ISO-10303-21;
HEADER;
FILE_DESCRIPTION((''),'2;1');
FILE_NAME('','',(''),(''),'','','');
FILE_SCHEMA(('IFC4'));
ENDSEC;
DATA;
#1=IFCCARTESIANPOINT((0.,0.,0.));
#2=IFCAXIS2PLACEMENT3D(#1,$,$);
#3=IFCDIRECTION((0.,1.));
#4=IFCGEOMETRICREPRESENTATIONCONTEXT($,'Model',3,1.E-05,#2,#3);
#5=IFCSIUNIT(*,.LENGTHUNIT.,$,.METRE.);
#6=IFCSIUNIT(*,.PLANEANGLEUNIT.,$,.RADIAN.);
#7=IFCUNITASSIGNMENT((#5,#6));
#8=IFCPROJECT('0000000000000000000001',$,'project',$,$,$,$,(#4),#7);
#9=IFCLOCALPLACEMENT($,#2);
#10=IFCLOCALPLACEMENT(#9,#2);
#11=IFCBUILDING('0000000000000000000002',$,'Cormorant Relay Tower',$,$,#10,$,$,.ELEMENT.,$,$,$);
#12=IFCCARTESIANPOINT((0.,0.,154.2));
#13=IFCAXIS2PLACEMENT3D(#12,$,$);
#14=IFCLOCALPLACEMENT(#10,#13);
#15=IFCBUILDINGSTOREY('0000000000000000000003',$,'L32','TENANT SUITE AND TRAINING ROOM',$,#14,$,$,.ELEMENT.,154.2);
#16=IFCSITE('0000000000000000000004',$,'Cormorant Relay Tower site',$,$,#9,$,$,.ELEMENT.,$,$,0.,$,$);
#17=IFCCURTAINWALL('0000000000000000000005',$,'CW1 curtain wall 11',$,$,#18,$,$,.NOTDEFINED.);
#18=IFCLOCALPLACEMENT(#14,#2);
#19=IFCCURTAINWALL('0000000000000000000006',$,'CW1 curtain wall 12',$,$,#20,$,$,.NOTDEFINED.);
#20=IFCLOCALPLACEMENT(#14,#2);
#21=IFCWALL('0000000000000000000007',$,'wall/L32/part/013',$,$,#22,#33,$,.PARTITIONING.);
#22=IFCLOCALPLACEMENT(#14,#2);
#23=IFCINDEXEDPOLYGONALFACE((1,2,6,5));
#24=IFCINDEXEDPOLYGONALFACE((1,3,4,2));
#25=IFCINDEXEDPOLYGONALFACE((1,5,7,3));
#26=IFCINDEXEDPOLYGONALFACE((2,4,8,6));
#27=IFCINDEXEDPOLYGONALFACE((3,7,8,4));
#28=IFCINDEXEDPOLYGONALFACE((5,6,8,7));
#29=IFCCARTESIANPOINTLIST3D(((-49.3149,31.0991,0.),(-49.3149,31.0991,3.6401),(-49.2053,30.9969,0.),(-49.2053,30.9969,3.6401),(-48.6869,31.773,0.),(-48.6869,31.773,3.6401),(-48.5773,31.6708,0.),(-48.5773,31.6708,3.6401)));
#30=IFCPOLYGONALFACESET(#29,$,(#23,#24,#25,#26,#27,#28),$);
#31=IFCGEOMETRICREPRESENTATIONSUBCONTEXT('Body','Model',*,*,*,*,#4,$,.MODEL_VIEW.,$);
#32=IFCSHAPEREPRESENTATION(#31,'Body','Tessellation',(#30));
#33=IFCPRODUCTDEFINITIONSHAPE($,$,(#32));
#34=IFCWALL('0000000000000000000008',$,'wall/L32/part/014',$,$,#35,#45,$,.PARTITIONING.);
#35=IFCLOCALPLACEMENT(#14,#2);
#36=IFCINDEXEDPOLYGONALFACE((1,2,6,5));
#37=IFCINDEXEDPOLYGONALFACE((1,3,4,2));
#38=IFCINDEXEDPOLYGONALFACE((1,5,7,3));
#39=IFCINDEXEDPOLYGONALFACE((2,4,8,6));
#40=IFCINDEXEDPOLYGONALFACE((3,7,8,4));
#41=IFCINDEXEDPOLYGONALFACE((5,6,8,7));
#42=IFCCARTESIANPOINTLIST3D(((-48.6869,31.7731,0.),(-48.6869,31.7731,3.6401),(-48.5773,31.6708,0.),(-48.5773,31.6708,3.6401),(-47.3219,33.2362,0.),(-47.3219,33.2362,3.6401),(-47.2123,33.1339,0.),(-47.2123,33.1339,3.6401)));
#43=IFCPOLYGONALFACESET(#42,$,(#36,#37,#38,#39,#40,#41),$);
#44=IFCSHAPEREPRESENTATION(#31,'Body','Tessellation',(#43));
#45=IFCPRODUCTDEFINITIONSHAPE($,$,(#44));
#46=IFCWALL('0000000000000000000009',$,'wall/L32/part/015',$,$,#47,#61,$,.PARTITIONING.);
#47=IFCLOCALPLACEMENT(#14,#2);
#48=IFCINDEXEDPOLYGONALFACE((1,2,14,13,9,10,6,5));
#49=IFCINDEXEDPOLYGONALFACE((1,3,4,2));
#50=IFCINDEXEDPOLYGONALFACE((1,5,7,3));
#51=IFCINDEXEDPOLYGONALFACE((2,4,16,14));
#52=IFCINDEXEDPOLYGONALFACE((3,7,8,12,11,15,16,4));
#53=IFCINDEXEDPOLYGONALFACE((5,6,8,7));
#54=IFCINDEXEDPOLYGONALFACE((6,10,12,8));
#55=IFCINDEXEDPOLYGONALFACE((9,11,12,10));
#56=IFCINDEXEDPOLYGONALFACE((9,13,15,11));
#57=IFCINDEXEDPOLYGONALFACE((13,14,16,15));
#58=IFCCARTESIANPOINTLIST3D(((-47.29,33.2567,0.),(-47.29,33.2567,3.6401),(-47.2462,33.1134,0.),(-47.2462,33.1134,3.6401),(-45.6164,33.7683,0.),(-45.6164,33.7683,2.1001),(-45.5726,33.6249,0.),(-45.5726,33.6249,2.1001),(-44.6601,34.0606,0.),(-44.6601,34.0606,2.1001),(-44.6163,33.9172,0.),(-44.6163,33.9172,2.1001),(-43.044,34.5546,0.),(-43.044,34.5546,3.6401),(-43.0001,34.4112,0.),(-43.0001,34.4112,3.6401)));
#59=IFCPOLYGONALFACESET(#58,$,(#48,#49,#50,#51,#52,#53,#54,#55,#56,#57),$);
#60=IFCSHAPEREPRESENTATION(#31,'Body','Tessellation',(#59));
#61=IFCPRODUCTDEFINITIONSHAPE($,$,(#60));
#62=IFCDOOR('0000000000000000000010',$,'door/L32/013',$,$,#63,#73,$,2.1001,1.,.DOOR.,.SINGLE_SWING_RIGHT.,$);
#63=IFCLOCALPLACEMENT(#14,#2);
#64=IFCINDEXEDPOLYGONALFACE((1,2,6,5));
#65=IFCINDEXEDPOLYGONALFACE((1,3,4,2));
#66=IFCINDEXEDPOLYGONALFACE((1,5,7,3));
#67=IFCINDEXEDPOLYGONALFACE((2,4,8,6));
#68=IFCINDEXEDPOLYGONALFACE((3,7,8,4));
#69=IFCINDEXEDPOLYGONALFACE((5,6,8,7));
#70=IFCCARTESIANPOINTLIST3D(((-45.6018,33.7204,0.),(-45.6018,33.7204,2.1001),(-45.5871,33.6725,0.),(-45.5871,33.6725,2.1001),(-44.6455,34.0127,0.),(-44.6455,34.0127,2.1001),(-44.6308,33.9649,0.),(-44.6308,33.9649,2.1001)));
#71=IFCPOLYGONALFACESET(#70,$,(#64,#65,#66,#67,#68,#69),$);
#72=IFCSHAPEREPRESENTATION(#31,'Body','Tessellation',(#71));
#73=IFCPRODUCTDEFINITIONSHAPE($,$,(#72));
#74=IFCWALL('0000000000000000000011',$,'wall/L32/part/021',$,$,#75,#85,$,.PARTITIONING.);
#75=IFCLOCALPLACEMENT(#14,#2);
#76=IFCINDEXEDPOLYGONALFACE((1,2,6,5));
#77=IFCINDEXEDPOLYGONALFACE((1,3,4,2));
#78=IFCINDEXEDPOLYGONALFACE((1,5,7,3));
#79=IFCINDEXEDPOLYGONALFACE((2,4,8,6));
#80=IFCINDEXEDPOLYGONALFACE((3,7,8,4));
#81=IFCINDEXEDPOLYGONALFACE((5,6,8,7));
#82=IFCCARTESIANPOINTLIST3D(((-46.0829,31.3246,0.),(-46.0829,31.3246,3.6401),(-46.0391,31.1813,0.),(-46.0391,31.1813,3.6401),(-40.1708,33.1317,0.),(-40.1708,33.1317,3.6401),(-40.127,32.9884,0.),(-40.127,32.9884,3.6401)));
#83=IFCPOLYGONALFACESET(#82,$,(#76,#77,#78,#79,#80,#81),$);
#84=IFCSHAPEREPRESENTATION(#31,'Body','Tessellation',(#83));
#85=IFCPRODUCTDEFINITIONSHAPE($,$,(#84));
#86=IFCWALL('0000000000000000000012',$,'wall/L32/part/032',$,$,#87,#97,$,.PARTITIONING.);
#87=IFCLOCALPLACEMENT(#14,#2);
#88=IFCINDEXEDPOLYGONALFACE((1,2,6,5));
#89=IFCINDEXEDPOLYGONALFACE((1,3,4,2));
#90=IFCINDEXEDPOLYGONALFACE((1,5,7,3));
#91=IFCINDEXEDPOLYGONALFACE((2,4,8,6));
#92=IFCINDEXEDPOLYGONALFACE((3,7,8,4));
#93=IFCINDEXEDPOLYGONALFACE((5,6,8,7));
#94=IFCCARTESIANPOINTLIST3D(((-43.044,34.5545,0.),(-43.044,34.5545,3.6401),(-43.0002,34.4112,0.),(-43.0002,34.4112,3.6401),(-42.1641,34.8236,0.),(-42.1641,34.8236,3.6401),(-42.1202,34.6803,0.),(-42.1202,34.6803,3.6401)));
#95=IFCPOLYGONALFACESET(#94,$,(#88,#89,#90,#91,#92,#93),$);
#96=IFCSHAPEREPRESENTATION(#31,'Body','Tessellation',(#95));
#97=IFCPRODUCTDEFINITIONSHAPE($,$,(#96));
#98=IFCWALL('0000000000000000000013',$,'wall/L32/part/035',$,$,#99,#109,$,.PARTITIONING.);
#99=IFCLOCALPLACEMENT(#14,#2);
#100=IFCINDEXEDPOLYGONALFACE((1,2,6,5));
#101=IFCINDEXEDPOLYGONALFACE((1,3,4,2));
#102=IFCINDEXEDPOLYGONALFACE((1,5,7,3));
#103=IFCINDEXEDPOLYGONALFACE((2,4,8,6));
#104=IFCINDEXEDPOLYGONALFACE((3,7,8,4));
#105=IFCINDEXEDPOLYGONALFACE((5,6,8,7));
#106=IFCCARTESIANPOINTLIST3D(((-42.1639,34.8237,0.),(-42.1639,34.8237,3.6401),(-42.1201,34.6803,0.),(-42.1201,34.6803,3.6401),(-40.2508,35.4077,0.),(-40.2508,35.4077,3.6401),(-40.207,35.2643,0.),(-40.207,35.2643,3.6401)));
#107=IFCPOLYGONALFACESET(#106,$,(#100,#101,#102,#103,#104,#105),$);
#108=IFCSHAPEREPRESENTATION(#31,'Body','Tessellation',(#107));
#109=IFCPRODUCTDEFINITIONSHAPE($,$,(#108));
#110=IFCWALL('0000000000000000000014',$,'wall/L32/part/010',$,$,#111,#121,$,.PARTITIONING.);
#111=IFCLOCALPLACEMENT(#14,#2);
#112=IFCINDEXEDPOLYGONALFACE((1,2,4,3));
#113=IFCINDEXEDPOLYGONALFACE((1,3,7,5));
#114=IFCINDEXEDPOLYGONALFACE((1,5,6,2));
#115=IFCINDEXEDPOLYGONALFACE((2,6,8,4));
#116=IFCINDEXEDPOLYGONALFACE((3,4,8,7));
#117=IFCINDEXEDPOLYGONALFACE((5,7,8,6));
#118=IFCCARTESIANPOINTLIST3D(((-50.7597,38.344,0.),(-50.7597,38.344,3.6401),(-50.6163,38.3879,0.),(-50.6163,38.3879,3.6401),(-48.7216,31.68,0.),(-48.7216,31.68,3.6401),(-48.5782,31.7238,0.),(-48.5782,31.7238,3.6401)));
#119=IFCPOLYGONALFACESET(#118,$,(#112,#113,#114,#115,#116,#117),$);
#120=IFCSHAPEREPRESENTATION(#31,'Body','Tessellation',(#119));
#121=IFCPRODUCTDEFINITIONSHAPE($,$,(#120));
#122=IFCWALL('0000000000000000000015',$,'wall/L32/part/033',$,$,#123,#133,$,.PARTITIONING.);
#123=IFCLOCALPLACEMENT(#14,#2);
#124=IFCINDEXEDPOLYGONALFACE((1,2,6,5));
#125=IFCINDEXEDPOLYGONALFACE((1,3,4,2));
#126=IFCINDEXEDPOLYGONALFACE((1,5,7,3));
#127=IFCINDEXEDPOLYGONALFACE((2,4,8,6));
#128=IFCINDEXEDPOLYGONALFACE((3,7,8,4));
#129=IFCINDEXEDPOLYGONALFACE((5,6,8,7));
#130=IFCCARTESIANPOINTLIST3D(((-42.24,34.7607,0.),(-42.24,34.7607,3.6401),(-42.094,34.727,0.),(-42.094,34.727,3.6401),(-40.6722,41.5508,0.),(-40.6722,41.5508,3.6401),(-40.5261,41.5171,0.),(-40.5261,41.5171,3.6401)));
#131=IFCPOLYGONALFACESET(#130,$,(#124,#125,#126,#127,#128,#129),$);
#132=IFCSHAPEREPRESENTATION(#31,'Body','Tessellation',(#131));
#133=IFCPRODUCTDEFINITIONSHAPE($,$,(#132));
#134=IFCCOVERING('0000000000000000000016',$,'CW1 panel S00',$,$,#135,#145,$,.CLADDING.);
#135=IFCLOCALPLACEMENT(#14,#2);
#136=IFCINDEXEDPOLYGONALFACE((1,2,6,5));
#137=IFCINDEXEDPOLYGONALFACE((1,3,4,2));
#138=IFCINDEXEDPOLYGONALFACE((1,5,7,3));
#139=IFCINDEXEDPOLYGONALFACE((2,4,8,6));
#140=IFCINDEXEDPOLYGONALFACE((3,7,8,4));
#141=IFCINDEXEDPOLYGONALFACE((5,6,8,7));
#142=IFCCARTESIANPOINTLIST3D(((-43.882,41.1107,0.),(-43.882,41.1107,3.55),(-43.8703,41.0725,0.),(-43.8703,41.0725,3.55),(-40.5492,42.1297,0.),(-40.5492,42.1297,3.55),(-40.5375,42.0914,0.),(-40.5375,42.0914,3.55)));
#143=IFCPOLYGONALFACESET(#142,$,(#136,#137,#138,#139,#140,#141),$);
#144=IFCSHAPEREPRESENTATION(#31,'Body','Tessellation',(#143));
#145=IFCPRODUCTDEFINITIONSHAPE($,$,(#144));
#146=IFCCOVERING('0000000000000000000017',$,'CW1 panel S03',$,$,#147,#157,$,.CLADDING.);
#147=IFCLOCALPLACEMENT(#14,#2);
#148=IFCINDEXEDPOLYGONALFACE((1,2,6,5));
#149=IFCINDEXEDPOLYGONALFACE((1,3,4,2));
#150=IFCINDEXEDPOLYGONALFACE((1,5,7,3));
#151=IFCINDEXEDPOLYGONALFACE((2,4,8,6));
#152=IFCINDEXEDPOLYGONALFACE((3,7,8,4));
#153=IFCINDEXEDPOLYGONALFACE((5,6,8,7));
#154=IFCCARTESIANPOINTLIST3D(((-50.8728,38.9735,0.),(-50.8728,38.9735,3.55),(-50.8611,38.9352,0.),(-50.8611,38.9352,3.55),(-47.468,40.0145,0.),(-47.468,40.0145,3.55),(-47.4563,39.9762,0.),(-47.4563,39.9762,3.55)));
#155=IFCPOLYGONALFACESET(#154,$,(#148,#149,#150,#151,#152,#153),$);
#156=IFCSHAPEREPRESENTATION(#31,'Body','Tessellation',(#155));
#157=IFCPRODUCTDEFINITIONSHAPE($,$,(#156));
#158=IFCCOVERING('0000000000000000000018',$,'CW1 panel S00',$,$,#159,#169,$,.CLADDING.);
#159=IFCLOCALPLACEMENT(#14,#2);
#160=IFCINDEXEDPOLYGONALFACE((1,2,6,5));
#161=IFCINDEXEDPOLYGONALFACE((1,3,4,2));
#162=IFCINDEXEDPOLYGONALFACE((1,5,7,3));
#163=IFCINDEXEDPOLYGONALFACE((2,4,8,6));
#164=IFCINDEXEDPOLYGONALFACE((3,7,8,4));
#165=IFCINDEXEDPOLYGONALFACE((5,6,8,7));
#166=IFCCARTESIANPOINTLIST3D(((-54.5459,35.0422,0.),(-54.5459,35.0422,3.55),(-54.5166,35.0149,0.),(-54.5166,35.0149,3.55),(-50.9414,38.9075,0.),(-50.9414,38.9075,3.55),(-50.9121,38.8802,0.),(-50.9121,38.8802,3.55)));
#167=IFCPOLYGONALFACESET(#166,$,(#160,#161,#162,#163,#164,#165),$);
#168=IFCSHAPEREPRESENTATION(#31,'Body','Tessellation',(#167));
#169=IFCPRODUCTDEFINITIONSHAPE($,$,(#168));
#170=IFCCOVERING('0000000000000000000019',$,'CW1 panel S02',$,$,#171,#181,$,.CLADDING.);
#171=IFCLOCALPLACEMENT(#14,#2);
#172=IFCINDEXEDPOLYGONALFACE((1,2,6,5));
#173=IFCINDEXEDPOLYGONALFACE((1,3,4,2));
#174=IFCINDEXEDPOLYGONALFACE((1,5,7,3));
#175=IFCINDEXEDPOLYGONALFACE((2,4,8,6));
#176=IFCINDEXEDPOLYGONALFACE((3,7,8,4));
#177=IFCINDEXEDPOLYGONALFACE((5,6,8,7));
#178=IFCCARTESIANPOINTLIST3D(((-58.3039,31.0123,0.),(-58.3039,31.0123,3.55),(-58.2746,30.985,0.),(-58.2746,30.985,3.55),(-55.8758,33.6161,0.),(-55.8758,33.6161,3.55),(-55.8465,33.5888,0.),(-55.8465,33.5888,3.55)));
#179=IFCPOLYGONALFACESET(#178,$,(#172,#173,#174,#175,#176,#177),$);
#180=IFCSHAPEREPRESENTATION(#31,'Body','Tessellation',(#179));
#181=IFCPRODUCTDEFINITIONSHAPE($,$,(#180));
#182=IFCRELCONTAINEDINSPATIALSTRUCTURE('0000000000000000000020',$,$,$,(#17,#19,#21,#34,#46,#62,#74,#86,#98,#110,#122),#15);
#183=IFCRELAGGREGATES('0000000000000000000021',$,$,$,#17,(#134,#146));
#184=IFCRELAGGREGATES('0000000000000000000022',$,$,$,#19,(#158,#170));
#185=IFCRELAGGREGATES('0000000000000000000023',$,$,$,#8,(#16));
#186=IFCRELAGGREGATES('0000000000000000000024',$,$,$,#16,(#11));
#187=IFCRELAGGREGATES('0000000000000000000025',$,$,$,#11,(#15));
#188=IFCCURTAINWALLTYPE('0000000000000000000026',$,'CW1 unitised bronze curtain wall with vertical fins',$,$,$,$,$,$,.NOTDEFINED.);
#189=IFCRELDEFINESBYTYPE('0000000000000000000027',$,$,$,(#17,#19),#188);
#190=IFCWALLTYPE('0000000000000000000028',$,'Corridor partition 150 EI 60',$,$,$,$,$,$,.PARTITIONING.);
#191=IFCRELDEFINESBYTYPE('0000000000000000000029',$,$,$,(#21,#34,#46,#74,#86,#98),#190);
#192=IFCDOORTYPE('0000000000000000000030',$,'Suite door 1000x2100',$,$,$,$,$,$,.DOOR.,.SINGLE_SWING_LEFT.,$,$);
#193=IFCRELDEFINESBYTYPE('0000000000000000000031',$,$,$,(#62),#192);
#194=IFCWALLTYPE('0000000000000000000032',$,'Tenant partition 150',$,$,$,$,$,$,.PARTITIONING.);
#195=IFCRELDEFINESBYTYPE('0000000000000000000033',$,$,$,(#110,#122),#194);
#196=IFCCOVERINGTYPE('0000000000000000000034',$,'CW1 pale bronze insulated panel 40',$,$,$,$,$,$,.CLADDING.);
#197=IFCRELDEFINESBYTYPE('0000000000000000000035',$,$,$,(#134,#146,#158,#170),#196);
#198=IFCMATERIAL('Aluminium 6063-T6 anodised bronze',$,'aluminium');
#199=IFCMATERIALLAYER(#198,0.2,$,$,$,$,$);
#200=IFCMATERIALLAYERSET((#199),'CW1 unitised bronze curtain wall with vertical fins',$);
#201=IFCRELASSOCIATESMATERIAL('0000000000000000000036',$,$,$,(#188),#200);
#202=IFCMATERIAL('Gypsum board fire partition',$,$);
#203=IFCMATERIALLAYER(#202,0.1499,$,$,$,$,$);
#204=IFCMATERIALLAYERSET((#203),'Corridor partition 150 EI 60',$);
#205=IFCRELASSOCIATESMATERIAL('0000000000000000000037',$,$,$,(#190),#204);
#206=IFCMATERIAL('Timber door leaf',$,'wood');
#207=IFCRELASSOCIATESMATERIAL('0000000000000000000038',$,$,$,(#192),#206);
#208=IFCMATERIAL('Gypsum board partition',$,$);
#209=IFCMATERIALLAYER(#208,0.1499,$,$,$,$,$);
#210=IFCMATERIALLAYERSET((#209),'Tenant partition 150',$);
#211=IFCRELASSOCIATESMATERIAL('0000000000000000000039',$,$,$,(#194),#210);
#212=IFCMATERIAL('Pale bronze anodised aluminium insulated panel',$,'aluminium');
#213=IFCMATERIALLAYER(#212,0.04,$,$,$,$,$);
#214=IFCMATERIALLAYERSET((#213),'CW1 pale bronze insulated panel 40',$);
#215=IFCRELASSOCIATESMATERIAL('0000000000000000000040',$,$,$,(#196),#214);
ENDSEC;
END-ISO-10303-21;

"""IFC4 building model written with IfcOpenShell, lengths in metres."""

from ifc_helpers import new_model, si_unit, direction, frame, frame_2d, origin, origin_2d, place, context, subcontext, project, spatial, rectangle, extrude, material, layer, layer_set, type_object, element, fill, aggregate, save


model = new_model("IFC4")

# Units and contexts
model_context = context("Model", 3, precision=1e-05, world=origin(), true_north=direction((0.0, 1.0)))
body_context = subcontext(model_context, "Body", "Model", "MODEL_VIEW")
ifc_project = project(units=[si_unit("LENGTHUNIT", "METRE"), si_unit("PLANEANGLEUNIT", "RADIAN")], contexts=[model_context])

# Site, building, storey
site_placement = place(None, origin())
site = spatial("IfcSite", under=ifc_project, at=site_placement, Name="Cormorant Relay Tower site", CompositionType="ELEMENT", RefElevation=0.0)
building_placement = place(site_placement, origin())
building = spatial("IfcBuilding", under=site, at=building_placement, Name="Cormorant Relay Tower", CompositionType="ELEMENT")
storey_placement = place(building_placement, frame((0.0, 0.0, 154.2)))
storey = spatial("IfcBuildingStorey", under=building, at=storey_placement, Name="L32", Description="TENANT SUITE AND TRAINING ROOM", CompositionType="ELEMENT", Elevation=154.2)

# Curtain walls
ifc_material_1 = material(Name="Aluminium 6063-T6 anodised bronze", Category="aluminium")
ifc_layer_1 = layer(ifc_material_1, 0.2)
ifc_layer_set_1 = layer_set([ifc_layer_1], Name="CW1 unitised bronze curtain wall with vertical fins")
curtain_wall_type = type_object("IfcCurtainWallType", Name="CW1 unitised bronze curtain wall with vertical fins", PredefinedType="NOTDEFINED", material=ifc_layer_set_1)
curtain_wall_1_placement = place(storey_placement, origin())
curtain_wall_1 = element("IfcCurtainWall", 1, at=curtain_wall_1_placement, inside=storey, type_object=curtain_wall_type, Name="CW1 curtain wall 11", PredefinedType="NOTDEFINED")
curtain_wall_2_placement = place(storey_placement, origin())
curtain_wall_2 = element("IfcCurtainWall", 2, at=curtain_wall_2_placement, inside=storey, type_object=curtain_wall_type, Name="CW1 curtain wall 12", PredefinedType="NOTDEFINED")

# Walls
ifc_material_2 = material(Name="Gypsum board fire partition")
ifc_layer_2 = layer(ifc_material_2, 0.1499)
ifc_layer_set_2 = layer_set([ifc_layer_2], Name="Corridor partition 150 EI 60")
wall_type_1 = type_object("IfcWallType", Name="Corridor partition 150 EI 60", PredefinedType="PARTITIONING", material=ifc_layer_set_2)
wall_1_placement = place(storey_placement, frame((-49.26, 31.0481, 0.0), z_axis=(0.0, 0.0, 1.0), x_axis=(0.681751, 0.731584, 0.0)))
element("IfcWall", 3, at=wall_1_placement, inside=storey, type_object=wall_type_1, Name="wall/L32/part/013", PredefinedType="PARTITIONING", context=body_context, shape_type="SweptSolid", body=[
    extrude(rectangle(XDim=0.9211, YDim=0.1499, at=frame_2d((0.4604, 0.0))), origin(), (0.0, 0.0, 1.0), 3.6401),
])
wall_2_placement = place(storey_placement, frame((-47.2671, 33.1851, 0.0), z_axis=(0.0, 0.0, 1.0), x_axis=(-0.682157, -0.731205, 0.0)))
element("IfcWall", 4, at=wall_2_placement, inside=storey, type_object=wall_type_1, Name="wall/L32/part/014", PredefinedType="PARTITIONING", context=body_context, shape_type="SweptSolid", body=[
    extrude(rectangle(XDim=2.001, YDim=0.1499, at=frame_2d((1.0005, 0.0))), origin(), (0.0, 0.0, 1.0), 3.6401),
])

# Wall, opening, door
wall_3_placement = place(storey_placement, frame((-47.2681, 33.1851, 0.0), z_axis=(0.0, 0.0, 1.0), x_axis=(0.956324, 0.292308, 0.0)))
wall_3 = element("IfcWall", 5, at=wall_3_placement, inside=storey, type_object=wall_type_1, Name="wall/L32/part/015", PredefinedType="PARTITIONING", context=body_context, shape_type="SweptSolid", body=[
    extrude(rectangle(XDim=4.4399, YDim=0.1499, at=frame_2d((2.22, 0.0))), origin(), (0.0, 0.0, 1.0), 3.6401),
])
opening_placement = place(wall_3_placement, frame((1.75, 0.0, 0.0)))
opening = element("IfcOpeningElement", 6, at=opening_placement, cuts=wall_3, PredefinedType="OPENING", context=body_context, shape_type="SweptSolid", body=[
    extrude(rectangle(XDim=1.0, YDim=2.1001, at=frame_2d((0.5, 1.05))), frame((0.0, 0.085, 0.0), z_axis=(0.0, -1.0, 0.0), x_axis=(1.0, 0.0, 0.0)), (0.0, 0.0, 1.0), 0.1699),
])
ifc_material_3 = material(Name="Timber door leaf", Category="wood")
door_type = type_object("IfcDoorType", Name="Suite door 1000x2100", OperationType="SINGLE_SWING_LEFT", PredefinedType="DOOR", material=ifc_material_3)
door_placement = place(opening_placement, origin())
door = element("IfcDoor", 7, at=door_placement, inside=storey, type_object=door_type, Name="door/L32/013", OperationType="SINGLE_SWING_RIGHT", OverallHeight=2.1001, OverallWidth=1.0, PredefinedType="DOOR", context=body_context, shape_type="SweptSolid", body=[
    extrude(rectangle(XDim=1.0, YDim=2.1001, at=frame_2d((0.5, 1.05))), frame((0.0, 0.0249, 0.0), z_axis=(0.0, -1.0, 0.0), x_axis=(1.0, 0.0, 0.0)), (0.0, 0.0, 1.0), 0.05),
])
fill(opening, door)

# Walls
wall_4_placement = place(storey_placement, frame((-46.061, 31.2529, 0.0), z_axis=(0.0, 0.0, 1.0), x_axis=(0.956322, 0.292315, 0.0)))
element("IfcWall", 8, at=wall_4_placement, inside=storey, type_object=wall_type_1, Name="wall/L32/part/021", PredefinedType="PARTITIONING", context=body_context, shape_type="SweptSolid", body=[
    extrude(rectangle(XDim=6.1821, YDim=0.1499, at=frame_2d((3.0911, 0.0))), origin(), (0.0, 0.0, 1.0), 3.6401),
])
wall_5_placement = place(storey_placement, frame((-43.022, 34.4829, 0.0), z_axis=(0.0, 0.0, 1.0), x_axis=(0.956294, 0.292407, 0.0)))
element("IfcWall", 9, at=wall_5_placement, inside=storey, type_object=wall_type_1, Name="wall/L32/part/032", PredefinedType="PARTITIONING", context=body_context, shape_type="SweptSolid", body=[
    extrude(rectangle(XDim=0.9202, YDim=0.1499, at=frame_2d((0.46, 0.0))), origin(), (0.0, 0.0, 1.0), 3.6401),
])
wall_6_placement = place(storey_placement, frame((-40.229, 35.3359, 0.0), z_axis=(0.0, 0.0, 1.0), x_axis=(-0.956431, -0.291958, 0.0)))
element("IfcWall", 10, at=wall_6_placement, inside=storey, type_object=wall_type_1, Name="wall/L32/part/035", PredefinedType="PARTITIONING", context=body_context, shape_type="SweptSolid", body=[
    extrude(rectangle(XDim=2.0002, YDim=0.1499, at=frame_2d((1.0, 0.0))), origin(), (0.0, 0.0, 1.0), 3.6401),
])
ifc_material_4 = material(Name="Gypsum board partition")
ifc_layer_3 = layer(ifc_material_4, 0.1499)
ifc_layer_set_3 = layer_set([ifc_layer_3], Name="Tenant partition 150")
wall_type_2 = type_object("IfcWallType", Name="Tenant partition 150", PredefinedType="PARTITIONING", material=ifc_layer_set_3)
for number, where, z_axis, x_axis, name in (
    (11, (-50.688, 38.366, 0.0), (0.0, 0.0, 1.0), (0.292461, -0.956278, 0.0), "wall/L32/part/010"),
    (12, (-40.5991, 41.5339, 0.0), (0.0, 0.0, 1.0), (-0.224987, -0.974362, 0.0), "wall/L32/part/033"),
):
    element("IfcWall", number, at=place(storey_placement, frame(where, z_axis=z_axis, x_axis=x_axis)), inside=storey, type_object=wall_type_2, Name=name, PredefinedType="PARTITIONING", context=body_context, shape_type="SweptSolid", body=[
        extrude(rectangle(XDim=6.9688, YDim=0.1499, at=frame_2d((3.4844, 0.0))), origin(), (0.0, 0.0, 1.0), 3.6401),
    ])

# Coverings
ifc_material_5 = material(Name="Pale bronze anodised aluminium insulated panel", Category="aluminium")
ifc_layer_4 = layer(ifc_material_5, 0.04)
ifc_layer_set_4 = layer_set([ifc_layer_4], Name="CW1 pale bronze insulated panel 40")
covering_type = type_object("IfcCoveringType", Name="CW1 pale bronze insulated panel 40", PredefinedType="CLADDING", material=ifc_layer_set_4)
covering_1_placement = place(storey_placement, frame((-42.2097, 41.6011, 0.0), z_axis=(0.0, 0.0, 1.0), x_axis=(-0.956305, -0.292372, 0.0)))
covering_1 = element("IfcCovering", 13, at=covering_1_placement, type_object=covering_type, Name="CW1 panel S00", PredefinedType="CLADDING", context=body_context, shape_type="SweptSolid", body=[
    extrude(rectangle(XDim=3.4851, YDim=0.04, at=origin_2d()), origin(), (0.0, 0.0, 1.0), 3.55),
])
covering_2_placement = place(storey_placement, frame((-49.1646, 39.4749, 0.0), z_axis=(0.0, 0.0, 1.0), x_axis=(-0.956305, -0.292372, 0.0)))
covering_2 = element("IfcCovering", 14, at=covering_2_placement, type_object=covering_type, Name="CW1 panel S03", PredefinedType="CLADDING", context=body_context, shape_type="SweptSolid", body=[
    extrude(rectangle(XDim=3.5603, YDim=0.04, at=origin_2d()), origin(), (0.0, 0.0, 1.0), 3.55),
])
aggregate(curtain_wall_1, [covering_1, covering_2])
covering_3_placement = place(storey_placement, frame((-52.729, 36.9612, 0.0), z_axis=(0.0, 0.0, 1.0), x_axis=(-0.681998, -0.731354, 0.0)))
covering_3 = element("IfcCovering", 15, at=covering_3_placement, type_object=covering_type, Name="CW1 panel S00", PredefinedType="CLADDING", context=body_context, shape_type="SweptSolid", body=[
    extrude(rectangle(XDim=5.2852, YDim=0.04, at=origin_2d()), origin(), (0.0, 0.0, 1.0), 3.55),
])
covering_4_placement = place(storey_placement, frame((-57.0752, 32.3005, 0.0), z_axis=(0.0, 0.0, 1.0), x_axis=(-0.681998, -0.731354, 0.0)))
covering_4 = element("IfcCovering", 16, at=covering_4_placement, type_object=covering_type, Name="CW1 panel S02", PredefinedType="CLADDING", context=body_context, shape_type="SweptSolid", body=[
    extrude(rectangle(XDim=3.5603, YDim=0.04, at=origin_2d()), origin(), (0.0, 0.0, 1.0), 3.55),
])
aggregate(curtain_wall_2, [covering_3, covering_4])

save(model, "model.ifc")
